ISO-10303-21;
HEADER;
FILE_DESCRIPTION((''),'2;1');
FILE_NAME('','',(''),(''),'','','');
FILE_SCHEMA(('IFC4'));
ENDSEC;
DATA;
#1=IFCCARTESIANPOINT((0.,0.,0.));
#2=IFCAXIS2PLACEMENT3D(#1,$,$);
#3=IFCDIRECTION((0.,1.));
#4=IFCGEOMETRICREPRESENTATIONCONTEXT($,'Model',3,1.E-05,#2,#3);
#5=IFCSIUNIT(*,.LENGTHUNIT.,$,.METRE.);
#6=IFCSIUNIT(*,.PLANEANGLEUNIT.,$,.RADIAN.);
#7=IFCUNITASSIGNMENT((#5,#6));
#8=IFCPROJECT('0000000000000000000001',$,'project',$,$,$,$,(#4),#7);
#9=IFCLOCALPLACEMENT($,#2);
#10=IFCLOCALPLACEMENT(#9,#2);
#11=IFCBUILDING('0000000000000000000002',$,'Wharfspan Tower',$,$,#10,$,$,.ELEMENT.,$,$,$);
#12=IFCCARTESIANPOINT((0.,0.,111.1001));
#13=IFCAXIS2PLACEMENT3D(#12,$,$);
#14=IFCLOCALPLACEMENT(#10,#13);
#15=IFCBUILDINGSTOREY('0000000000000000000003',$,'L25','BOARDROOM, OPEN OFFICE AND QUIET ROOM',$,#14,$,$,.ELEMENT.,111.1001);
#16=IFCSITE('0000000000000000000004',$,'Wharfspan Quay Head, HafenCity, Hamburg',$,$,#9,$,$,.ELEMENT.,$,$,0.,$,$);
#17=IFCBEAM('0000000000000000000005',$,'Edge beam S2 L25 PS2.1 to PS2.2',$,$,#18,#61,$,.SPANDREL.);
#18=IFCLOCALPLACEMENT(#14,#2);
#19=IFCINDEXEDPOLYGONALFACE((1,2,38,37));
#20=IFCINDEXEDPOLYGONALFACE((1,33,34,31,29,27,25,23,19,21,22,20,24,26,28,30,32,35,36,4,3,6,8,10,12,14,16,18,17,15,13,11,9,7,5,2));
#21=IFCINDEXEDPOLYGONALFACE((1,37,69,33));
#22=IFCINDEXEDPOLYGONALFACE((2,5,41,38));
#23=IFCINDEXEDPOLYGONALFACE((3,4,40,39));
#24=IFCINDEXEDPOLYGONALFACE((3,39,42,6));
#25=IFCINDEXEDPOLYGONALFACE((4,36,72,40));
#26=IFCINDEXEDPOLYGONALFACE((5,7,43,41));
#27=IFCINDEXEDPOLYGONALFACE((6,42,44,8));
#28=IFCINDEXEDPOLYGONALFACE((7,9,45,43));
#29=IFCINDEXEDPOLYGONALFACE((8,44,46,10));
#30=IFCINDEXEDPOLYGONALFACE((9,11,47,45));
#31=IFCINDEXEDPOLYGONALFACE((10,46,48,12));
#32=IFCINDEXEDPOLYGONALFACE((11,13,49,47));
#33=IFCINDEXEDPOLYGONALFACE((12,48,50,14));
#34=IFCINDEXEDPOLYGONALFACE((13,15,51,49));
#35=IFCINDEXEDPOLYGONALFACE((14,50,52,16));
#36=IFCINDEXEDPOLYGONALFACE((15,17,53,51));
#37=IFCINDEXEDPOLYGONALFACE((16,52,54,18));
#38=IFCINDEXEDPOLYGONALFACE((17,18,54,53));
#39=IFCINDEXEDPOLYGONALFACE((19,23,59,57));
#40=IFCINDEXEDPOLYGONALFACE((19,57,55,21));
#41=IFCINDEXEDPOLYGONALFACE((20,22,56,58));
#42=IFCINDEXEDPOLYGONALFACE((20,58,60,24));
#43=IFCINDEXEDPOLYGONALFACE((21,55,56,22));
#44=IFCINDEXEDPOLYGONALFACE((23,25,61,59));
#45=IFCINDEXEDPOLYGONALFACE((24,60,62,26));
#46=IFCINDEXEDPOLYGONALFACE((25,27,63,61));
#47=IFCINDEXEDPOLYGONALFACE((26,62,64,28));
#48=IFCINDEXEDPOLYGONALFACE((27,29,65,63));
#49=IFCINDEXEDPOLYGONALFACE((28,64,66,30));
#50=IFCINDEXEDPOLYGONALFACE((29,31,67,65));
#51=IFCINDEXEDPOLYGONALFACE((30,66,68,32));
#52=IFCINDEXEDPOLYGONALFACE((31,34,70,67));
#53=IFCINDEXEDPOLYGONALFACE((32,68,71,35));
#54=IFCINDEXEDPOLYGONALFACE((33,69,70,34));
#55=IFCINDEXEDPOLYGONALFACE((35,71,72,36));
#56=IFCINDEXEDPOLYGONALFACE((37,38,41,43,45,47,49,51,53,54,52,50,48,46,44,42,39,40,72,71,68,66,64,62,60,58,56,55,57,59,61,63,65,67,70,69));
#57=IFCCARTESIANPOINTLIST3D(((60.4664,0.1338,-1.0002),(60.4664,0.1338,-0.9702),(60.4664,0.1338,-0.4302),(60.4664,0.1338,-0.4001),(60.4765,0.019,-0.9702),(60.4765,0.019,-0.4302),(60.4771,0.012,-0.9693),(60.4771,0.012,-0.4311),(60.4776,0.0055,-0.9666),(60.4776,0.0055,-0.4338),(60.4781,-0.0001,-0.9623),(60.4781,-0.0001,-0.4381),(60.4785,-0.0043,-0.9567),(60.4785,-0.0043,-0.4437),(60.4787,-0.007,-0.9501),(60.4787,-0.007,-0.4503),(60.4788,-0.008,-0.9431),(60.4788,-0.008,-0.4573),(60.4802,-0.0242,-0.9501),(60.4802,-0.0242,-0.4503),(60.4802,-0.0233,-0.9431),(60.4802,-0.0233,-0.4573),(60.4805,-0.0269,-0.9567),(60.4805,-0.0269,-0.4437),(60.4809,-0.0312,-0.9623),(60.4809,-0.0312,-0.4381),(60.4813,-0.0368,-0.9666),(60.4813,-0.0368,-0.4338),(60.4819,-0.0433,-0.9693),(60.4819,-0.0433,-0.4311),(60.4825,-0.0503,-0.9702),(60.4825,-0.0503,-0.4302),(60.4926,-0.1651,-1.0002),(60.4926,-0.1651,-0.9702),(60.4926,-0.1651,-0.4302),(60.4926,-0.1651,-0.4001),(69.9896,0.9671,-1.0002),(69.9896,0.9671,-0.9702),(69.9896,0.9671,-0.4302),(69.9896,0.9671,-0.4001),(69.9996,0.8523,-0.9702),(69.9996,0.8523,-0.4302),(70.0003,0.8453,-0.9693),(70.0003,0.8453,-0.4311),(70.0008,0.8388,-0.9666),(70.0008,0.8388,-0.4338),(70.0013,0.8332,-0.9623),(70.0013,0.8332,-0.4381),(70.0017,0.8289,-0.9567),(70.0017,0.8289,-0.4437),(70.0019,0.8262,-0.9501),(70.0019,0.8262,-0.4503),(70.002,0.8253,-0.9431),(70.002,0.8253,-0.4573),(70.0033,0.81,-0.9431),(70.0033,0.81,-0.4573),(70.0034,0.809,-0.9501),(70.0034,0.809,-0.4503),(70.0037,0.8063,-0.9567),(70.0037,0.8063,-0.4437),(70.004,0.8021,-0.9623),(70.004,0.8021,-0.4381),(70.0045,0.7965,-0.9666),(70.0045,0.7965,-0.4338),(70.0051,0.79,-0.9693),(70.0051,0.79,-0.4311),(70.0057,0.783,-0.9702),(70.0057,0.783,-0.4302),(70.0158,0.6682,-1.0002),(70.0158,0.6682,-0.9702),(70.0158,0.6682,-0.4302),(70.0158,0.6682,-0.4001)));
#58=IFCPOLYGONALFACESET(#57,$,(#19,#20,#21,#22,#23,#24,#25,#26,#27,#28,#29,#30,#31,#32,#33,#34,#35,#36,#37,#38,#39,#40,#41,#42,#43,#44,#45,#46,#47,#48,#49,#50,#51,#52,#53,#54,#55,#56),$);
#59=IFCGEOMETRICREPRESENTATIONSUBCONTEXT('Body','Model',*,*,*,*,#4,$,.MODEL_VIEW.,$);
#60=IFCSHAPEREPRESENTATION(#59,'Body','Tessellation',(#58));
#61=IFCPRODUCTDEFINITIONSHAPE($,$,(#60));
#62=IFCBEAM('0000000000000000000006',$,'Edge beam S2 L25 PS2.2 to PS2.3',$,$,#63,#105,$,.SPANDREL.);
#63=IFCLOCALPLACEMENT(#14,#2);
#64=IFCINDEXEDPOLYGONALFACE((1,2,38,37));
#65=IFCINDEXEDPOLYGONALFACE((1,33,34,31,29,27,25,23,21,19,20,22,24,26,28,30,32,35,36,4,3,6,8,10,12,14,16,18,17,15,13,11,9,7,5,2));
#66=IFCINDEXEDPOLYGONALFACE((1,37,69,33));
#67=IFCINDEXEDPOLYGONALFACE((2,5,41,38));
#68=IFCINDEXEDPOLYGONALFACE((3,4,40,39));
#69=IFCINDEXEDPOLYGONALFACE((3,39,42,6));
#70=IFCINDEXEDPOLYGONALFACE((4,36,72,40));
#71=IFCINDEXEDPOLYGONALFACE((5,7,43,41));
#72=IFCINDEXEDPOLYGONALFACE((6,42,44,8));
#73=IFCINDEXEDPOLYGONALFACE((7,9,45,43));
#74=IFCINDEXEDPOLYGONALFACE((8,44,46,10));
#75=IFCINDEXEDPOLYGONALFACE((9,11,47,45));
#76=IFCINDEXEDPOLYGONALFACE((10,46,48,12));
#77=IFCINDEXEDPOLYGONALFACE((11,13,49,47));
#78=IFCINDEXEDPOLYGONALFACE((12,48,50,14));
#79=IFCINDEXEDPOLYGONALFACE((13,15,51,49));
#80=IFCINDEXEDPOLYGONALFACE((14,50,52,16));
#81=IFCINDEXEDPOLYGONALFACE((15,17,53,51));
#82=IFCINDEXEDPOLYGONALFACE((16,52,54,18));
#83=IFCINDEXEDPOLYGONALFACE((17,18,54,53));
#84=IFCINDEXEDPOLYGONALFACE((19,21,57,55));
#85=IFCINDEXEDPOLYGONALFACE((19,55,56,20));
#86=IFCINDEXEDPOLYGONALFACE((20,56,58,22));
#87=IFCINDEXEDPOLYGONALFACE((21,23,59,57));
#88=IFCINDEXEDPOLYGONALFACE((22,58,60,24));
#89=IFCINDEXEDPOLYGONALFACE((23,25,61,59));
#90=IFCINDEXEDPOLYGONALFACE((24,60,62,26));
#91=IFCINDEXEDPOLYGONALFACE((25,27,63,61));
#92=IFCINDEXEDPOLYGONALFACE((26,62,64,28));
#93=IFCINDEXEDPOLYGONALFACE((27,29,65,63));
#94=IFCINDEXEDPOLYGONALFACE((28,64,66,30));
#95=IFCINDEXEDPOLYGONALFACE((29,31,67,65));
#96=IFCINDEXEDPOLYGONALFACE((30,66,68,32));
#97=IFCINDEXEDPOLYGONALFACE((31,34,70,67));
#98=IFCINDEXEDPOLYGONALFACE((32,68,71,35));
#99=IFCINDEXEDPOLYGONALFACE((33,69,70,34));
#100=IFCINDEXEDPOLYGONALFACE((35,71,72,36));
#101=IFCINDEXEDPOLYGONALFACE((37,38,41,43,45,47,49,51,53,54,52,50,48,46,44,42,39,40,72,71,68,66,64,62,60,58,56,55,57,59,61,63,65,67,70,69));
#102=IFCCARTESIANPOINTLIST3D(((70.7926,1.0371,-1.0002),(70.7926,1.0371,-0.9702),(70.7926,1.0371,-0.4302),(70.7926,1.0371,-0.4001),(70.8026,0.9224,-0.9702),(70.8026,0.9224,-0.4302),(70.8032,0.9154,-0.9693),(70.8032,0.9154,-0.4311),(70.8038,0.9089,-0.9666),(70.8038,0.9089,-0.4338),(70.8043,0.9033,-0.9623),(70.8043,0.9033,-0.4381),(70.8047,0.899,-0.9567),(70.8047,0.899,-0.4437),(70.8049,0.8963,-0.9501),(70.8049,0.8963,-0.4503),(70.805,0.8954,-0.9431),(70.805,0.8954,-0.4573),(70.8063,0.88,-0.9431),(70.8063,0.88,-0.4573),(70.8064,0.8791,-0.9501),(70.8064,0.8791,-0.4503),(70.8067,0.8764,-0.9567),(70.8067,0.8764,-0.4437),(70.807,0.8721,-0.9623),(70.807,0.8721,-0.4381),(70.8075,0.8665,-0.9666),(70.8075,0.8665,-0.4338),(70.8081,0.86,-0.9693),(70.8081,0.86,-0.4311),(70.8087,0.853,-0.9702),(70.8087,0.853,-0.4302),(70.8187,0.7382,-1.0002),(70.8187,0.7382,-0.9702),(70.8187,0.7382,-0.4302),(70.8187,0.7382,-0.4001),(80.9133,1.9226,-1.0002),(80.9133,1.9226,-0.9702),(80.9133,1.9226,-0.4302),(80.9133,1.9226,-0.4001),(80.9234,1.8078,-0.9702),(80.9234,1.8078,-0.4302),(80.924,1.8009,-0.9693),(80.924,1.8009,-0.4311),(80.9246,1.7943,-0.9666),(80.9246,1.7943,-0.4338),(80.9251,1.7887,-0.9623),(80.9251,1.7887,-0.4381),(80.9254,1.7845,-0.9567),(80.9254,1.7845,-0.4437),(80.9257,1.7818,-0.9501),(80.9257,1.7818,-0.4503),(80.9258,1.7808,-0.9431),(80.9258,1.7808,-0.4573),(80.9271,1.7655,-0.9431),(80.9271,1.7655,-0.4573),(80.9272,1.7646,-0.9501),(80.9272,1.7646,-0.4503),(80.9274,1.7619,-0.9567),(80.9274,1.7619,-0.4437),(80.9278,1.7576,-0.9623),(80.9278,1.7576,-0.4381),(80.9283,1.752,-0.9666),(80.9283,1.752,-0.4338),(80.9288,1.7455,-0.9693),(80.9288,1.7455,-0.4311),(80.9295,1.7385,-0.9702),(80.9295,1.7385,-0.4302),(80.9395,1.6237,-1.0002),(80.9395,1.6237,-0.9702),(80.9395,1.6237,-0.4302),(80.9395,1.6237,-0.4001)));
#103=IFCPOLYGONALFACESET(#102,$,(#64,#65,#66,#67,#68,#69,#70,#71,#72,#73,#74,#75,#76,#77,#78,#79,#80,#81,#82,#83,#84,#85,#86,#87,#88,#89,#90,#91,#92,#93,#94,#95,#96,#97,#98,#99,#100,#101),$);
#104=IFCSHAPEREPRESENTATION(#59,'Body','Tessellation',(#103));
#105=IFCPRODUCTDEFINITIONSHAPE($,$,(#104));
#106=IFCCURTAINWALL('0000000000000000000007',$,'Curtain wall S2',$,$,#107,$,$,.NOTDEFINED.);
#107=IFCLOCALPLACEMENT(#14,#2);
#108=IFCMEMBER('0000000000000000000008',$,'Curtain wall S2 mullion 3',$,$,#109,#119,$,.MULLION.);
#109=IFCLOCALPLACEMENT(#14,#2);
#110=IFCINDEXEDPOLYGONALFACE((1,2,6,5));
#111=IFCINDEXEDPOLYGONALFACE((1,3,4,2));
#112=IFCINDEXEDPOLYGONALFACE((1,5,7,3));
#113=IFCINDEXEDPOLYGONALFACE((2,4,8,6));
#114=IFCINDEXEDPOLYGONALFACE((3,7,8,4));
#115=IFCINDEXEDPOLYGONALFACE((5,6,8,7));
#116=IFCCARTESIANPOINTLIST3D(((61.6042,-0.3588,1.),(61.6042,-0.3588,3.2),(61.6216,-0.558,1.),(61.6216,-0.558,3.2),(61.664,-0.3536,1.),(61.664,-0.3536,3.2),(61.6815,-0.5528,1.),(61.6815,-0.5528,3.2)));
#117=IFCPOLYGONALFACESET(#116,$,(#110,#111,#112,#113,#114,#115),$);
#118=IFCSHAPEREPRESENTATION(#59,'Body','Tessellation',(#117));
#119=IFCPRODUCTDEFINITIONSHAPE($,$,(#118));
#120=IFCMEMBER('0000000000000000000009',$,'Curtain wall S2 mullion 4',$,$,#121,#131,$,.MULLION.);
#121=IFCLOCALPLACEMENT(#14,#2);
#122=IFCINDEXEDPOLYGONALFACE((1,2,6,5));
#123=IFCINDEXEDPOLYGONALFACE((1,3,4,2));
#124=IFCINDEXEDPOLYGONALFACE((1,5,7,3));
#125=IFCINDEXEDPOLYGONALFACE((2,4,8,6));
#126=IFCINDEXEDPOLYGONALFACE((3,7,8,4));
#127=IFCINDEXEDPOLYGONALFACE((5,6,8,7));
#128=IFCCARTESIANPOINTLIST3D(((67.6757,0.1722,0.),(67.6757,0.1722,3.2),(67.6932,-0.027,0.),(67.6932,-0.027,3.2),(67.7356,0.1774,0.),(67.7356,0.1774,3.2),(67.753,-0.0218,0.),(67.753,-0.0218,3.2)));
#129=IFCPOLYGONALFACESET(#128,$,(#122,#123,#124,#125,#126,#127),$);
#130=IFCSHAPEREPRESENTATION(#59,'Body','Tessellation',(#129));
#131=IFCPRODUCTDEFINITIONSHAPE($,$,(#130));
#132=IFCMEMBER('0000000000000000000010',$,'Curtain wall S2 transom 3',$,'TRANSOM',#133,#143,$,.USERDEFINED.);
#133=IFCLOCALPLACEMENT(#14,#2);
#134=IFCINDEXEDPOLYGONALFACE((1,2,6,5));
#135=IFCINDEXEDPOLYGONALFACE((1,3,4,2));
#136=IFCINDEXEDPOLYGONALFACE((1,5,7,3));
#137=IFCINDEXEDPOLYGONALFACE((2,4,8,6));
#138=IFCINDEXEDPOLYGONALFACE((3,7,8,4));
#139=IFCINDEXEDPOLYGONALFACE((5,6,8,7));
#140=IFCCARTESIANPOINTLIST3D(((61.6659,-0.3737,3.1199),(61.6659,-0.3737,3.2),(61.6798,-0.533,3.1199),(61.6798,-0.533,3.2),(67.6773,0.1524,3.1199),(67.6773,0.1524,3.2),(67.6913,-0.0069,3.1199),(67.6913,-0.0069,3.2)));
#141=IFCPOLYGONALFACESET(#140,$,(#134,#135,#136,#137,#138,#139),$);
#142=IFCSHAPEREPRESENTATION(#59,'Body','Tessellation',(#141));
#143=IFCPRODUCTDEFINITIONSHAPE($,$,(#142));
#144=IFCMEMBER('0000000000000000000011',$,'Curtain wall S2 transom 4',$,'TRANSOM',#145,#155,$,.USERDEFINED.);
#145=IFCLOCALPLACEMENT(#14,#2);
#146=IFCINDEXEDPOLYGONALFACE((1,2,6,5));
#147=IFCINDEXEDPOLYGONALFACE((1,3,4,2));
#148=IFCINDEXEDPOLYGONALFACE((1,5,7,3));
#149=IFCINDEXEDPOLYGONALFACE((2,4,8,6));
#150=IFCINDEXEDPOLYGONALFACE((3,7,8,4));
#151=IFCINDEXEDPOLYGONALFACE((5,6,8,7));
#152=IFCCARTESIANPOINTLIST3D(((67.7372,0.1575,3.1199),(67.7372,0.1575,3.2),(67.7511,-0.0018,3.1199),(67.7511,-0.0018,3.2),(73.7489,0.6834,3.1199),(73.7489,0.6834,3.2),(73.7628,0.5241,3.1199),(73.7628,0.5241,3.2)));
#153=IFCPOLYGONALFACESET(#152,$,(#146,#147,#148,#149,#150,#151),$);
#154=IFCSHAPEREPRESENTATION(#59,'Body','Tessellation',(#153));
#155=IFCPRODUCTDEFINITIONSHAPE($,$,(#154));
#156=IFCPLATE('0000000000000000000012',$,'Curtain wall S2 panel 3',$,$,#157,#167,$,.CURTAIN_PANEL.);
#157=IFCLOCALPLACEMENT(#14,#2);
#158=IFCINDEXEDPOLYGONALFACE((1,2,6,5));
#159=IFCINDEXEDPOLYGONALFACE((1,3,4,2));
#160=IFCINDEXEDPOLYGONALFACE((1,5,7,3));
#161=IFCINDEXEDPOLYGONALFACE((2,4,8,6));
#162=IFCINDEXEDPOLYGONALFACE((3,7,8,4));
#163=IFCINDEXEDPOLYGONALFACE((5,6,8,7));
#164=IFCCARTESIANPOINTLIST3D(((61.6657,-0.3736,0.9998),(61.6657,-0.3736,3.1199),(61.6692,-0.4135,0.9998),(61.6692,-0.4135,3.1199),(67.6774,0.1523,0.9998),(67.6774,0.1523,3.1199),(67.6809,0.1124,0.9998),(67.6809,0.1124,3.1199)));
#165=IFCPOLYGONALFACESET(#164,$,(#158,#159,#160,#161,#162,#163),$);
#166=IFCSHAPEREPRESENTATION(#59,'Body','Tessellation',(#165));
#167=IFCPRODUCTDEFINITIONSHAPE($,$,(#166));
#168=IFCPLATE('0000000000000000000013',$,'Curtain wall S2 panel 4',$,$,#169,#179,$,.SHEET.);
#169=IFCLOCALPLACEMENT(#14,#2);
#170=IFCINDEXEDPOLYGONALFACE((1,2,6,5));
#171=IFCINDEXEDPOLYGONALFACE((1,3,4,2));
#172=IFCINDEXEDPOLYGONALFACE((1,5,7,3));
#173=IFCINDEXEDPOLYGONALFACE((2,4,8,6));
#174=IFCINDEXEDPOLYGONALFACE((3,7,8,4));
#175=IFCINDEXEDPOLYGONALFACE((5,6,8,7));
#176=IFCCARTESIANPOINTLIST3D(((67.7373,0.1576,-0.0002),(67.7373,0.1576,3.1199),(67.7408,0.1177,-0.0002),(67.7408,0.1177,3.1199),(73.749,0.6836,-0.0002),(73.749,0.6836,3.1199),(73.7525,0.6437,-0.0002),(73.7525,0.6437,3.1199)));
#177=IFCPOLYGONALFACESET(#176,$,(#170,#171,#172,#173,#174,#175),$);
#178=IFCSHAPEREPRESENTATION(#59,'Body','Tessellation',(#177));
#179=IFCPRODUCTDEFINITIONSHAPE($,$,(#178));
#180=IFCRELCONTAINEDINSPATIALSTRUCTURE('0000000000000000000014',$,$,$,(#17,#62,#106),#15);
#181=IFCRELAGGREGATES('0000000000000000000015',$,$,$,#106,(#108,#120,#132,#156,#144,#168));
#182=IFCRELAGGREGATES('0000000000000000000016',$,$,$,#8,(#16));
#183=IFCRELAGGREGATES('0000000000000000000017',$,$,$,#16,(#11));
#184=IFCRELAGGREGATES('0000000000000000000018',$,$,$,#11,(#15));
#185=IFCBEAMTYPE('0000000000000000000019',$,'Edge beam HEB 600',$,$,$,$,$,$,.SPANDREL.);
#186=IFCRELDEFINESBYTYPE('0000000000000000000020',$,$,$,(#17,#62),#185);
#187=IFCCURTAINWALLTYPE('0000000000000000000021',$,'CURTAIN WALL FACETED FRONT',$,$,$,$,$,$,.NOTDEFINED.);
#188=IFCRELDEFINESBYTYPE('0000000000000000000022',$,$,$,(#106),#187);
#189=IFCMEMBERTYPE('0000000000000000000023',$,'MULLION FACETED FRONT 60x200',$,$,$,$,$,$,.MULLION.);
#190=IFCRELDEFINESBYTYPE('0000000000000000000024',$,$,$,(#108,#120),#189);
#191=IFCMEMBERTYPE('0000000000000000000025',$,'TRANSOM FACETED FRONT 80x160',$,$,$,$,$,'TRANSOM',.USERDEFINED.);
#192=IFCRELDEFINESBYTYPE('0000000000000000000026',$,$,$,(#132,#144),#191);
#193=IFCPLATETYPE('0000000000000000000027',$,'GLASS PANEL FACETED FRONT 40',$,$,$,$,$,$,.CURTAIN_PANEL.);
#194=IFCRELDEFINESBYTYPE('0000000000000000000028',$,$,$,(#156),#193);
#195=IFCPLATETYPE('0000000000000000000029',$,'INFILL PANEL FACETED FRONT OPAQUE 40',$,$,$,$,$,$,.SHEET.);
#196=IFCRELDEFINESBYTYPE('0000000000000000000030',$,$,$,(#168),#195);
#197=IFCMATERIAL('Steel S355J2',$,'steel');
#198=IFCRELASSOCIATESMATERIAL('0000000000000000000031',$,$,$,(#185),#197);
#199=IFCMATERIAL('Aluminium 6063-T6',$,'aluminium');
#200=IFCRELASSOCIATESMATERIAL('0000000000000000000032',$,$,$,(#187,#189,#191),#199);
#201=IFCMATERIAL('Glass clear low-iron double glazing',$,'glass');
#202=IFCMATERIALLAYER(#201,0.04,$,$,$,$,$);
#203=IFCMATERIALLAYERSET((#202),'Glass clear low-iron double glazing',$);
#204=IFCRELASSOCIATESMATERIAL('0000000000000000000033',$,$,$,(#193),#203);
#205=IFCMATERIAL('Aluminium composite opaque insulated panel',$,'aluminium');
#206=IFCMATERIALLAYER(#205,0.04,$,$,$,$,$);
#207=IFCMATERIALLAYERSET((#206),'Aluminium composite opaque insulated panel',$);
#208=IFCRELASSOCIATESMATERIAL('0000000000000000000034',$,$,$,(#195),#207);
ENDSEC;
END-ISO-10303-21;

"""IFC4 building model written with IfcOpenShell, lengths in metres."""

from ifc_helpers import new_model, si_unit, direction, frame, origin, origin_2d, place, context, subcontext, project, spatial, rectangle, i_section, extrude, material, layer, layer_set, material_profile, profile_set, type_object, element, aggregate, save


model = new_model("IFC4")

# Units and contexts
model_context = context("Model", 3, precision=1e-05, world=origin(), true_north=direction((0.0, 1.0)))
body_context = subcontext(model_context, "Body", "Model", "MODEL_VIEW")
ifc_project = project(units=[si_unit("LENGTHUNIT", "METRE"), si_unit("PLANEANGLEUNIT", "RADIAN")], contexts=[model_context])

# Site, building, storey
site_placement = place(None, origin())
site = spatial("IfcSite", under=ifc_project, at=site_placement, Name="Wharfspan Quay Head, HafenCity, Hamburg", CompositionType="ELEMENT", RefElevation=0.0)
building_placement = place(site_placement, origin())
building = spatial("IfcBuilding", under=site, at=building_placement, Name="Wharfspan Tower", CompositionType="ELEMENT")
storey_placement = place(building_placement, frame((0.0, 0.0, 111.1001)))
storey = spatial("IfcBuildingStorey", under=building, at=storey_placement, Name="L25", Description="BOARDROOM, OPEN OFFICE AND QUIET ROOM", CompositionType="ELEMENT", Elevation=111.1001)

# Shared definitions
ifc_material_1 = material(Name="Steel S355J2", Category="steel")

# Beams
ifc_material_profile_1 = material_profile(ifc_material_1, i_section(OverallWidth=0.3, OverallDepth=0.6001, WebThickness=0.0154, FlangeThickness=0.03, FilletRadius=0.0271, at=origin_2d()))
ifc_profile_set_1 = profile_set([ifc_material_profile_1], Name="Steel S355J2")
beam_type = type_object("IfcBeamType", Name="Edge beam HEB 600", PredefinedType="SPANDREL", material=ifc_profile_set_1)
beam_1_placement = place(storey_placement, frame((60.4795, -0.0156, -0.7002), z_axis=(0.996194, 0.087164, 0.0), x_axis=(-0.087164, 0.996194, 0.0)))
element("IfcBeam", 1, at=beam_1_placement, inside=storey, type_object=beam_type, Name="Edge beam S2 L25 PS2.1 to PS2.2", PredefinedType="SPANDREL", context=body_context, shape_type="SweptSolid", body=[
    extrude(i_section(OverallWidth=0.3, OverallDepth=0.6001, WebThickness=0.0154, FlangeThickness=0.03, FilletRadius=0.0271, at=origin_2d()), origin(), (0.0, 0.0, 1.0), 9.5596),
])
beam_2_placement = place(storey_placement, frame((70.8057, 0.8877, -0.7002), z_axis=(0.996194, 0.087159, 0.0), x_axis=(-0.087159, 0.996194, 0.0)))
element("IfcBeam", 2, at=beam_2_placement, inside=storey, type_object=beam_type, Name="Edge beam S2 L25 PS2.2 to PS2.3", PredefinedType="SPANDREL", context=body_context, shape_type="SweptSolid", body=[
    extrude(i_section(OverallWidth=0.3, OverallDepth=0.6001, WebThickness=0.0154, FlangeThickness=0.03, FilletRadius=0.0271, at=origin_2d()), origin(), (0.0, 0.0, 1.0), 10.1594),
])

# Curtain wall, members, plates
ifc_material_2 = material(Name="Aluminium 6063-T6", Category="aluminium")
curtain_wall_type = type_object("IfcCurtainWallType", Name="CURTAIN WALL FACETED FRONT", PredefinedType="NOTDEFINED", material=ifc_material_2)
curtain_wall_placement = place(storey_placement, origin())
curtain_wall = element("IfcCurtainWall", 3, at=curtain_wall_placement, inside=storey, type_object=curtain_wall_type, Name="Curtain wall S2", PredefinedType="NOTDEFINED")
ifc_material_profile_2 = material_profile(ifc_material_2, rectangle(XDim=0.2, YDim=0.0601, at=origin_2d()))
ifc_profile_set_2 = profile_set([ifc_material_profile_2], Name="Aluminium 6063-T6")
member_type_1 = type_object("IfcMemberType", Name="MULLION FACETED FRONT 60x200", PredefinedType="MULLION", material=ifc_profile_set_2)
member_1_placement = place(storey_placement, frame((61.6428, -0.4558, 1.0), z_axis=(0.0, 0.0, 1.0), x_axis=(-0.087156, 0.996198, 0.0)))
member_1 = element("IfcMember", 4, at=member_1_placement, type_object=member_type_1, Name="Curtain wall S2 mullion 3", PredefinedType="MULLION", context=body_context, shape_type="SweptSolid", body=[
    extrude(rectangle(XDim=0.2, YDim=0.0601, at=origin_2d()), origin(), (0.0, 0.0, 1.0), 2.2),
])
member_2_placement = place(storey_placement, frame((67.7144, 0.0752, 0.0), z_axis=(0.0, 0.0, 1.0), x_axis=(-0.087156, 0.996198, 0.0)))
member_2 = element("IfcMember", 5, at=member_2_placement, type_object=member_type_1, Name="Curtain wall S2 mullion 4", PredefinedType="MULLION", context=body_context, shape_type="SweptSolid", body=[
    extrude(rectangle(XDim=0.2, YDim=0.0601, at=origin_2d()), origin(), (0.0, 0.0, 1.0), 3.2),
])
ifc_material_profile_3 = material_profile(ifc_material_2, rectangle(XDim=0.1599, YDim=0.0801, at=origin_2d()))
ifc_profile_set_3 = profile_set([ifc_material_profile_3], Name="Aluminium 6063-T6")
member_type_2 = type_object("IfcMemberType", Name="TRANSOM FACETED FRONT 80x160", ElementType="TRANSOM", PredefinedType="USERDEFINED", material=ifc_profile_set_3)
member_3_placement = place(storey_placement, frame((61.6729, -0.4534, 3.1599), z_axis=(0.996192, 0.087187, 0.0), x_axis=(-0.087187, 0.996192, 0.0)))
member_3 = element("IfcMember", 6, at=member_3_placement, type_object=member_type_2, Name="Curtain wall S2 transom 3", ObjectType="TRANSOM", PredefinedType="USERDEFINED", context=body_context, shape_type="SweptSolid", body=[
    extrude(rectangle(XDim=0.1599, YDim=0.0801, at=origin_2d()), origin(), (0.0, 0.0, 1.0), 6.0344),
])
member_4_placement = place(storey_placement, frame((67.7441, 0.0779, 3.1599), z_axis=(0.996196, 0.087143, 0.0), x_axis=(-0.087143, 0.996196, 0.0)))
member_4 = element("IfcMember", 7, at=member_4_placement, type_object=member_type_2, Name="Curtain wall S2 transom 4", ObjectType="TRANSOM", PredefinedType="USERDEFINED", context=body_context, shape_type="SweptSolid", body=[
    extrude(rectangle(XDim=0.1599, YDim=0.0801, at=origin_2d()), origin(), (0.0, 0.0, 1.0), 6.0347),
])
ifc_material_3 = material(Name="Glass clear low-iron double glazing", Category="glass")
ifc_layer_1 = layer(ifc_material_3, 0.04)
ifc_layer_set_1 = layer_set([ifc_layer_1], Name="Glass clear low-iron double glazing")
plate_type_1 = type_object("IfcPlateType", Name="GLASS PANEL FACETED FRONT 40", PredefinedType="CURTAIN_PANEL", material=ifc_layer_set_1)
plate_1_placement = place(storey_placement, frame((64.6733, -0.1306, 0.9998), z_axis=(0.0, 0.0, 1.0), x_axis=(0.996198, 0.087156, 0.0)))
plate_1 = element("IfcPlate", 8, at=plate_1_placement, type_object=plate_type_1, Name="Curtain wall S2 panel 3", PredefinedType="CURTAIN_PANEL", context=body_context, shape_type="SweptSolid", body=[
    extrude(rectangle(XDim=6.0347, YDim=0.04, at=origin_2d()), origin(), (0.0, 0.0, 1.0), 2.1201),
])
ifc_material_4 = material(Name="Aluminium composite opaque insulated panel", Category="aluminium")
ifc_layer_2 = layer(ifc_material_4, 0.04)
ifc_layer_set_2 = layer_set([ifc_layer_2], Name="Aluminium composite opaque insulated panel")
plate_type_2 = type_object("IfcPlateType", Name="INFILL PANEL FACETED FRONT OPAQUE 40", PredefinedType="SHEET", material=ifc_layer_set_2)
plate_2_placement = place(storey_placement, frame((70.7449, 0.4006, -0.0002), z_axis=(0.0, 0.0, 1.0), x_axis=(0.996198, 0.087156, 0.0)))
plate_2 = element("IfcPlate", 9, at=plate_2_placement, type_object=plate_type_2, Name="Curtain wall S2 panel 4", PredefinedType="SHEET", context=body_context, shape_type="SweptSolid", body=[
    extrude(rectangle(XDim=6.0347, YDim=0.04, at=origin_2d()), origin(), (0.0, 0.0, 1.0), 3.1201),
])
aggregate(curtain_wall, [member_1, member_2, member_3, plate_1, member_4, plate_2])

save(model, "model.ifc")
